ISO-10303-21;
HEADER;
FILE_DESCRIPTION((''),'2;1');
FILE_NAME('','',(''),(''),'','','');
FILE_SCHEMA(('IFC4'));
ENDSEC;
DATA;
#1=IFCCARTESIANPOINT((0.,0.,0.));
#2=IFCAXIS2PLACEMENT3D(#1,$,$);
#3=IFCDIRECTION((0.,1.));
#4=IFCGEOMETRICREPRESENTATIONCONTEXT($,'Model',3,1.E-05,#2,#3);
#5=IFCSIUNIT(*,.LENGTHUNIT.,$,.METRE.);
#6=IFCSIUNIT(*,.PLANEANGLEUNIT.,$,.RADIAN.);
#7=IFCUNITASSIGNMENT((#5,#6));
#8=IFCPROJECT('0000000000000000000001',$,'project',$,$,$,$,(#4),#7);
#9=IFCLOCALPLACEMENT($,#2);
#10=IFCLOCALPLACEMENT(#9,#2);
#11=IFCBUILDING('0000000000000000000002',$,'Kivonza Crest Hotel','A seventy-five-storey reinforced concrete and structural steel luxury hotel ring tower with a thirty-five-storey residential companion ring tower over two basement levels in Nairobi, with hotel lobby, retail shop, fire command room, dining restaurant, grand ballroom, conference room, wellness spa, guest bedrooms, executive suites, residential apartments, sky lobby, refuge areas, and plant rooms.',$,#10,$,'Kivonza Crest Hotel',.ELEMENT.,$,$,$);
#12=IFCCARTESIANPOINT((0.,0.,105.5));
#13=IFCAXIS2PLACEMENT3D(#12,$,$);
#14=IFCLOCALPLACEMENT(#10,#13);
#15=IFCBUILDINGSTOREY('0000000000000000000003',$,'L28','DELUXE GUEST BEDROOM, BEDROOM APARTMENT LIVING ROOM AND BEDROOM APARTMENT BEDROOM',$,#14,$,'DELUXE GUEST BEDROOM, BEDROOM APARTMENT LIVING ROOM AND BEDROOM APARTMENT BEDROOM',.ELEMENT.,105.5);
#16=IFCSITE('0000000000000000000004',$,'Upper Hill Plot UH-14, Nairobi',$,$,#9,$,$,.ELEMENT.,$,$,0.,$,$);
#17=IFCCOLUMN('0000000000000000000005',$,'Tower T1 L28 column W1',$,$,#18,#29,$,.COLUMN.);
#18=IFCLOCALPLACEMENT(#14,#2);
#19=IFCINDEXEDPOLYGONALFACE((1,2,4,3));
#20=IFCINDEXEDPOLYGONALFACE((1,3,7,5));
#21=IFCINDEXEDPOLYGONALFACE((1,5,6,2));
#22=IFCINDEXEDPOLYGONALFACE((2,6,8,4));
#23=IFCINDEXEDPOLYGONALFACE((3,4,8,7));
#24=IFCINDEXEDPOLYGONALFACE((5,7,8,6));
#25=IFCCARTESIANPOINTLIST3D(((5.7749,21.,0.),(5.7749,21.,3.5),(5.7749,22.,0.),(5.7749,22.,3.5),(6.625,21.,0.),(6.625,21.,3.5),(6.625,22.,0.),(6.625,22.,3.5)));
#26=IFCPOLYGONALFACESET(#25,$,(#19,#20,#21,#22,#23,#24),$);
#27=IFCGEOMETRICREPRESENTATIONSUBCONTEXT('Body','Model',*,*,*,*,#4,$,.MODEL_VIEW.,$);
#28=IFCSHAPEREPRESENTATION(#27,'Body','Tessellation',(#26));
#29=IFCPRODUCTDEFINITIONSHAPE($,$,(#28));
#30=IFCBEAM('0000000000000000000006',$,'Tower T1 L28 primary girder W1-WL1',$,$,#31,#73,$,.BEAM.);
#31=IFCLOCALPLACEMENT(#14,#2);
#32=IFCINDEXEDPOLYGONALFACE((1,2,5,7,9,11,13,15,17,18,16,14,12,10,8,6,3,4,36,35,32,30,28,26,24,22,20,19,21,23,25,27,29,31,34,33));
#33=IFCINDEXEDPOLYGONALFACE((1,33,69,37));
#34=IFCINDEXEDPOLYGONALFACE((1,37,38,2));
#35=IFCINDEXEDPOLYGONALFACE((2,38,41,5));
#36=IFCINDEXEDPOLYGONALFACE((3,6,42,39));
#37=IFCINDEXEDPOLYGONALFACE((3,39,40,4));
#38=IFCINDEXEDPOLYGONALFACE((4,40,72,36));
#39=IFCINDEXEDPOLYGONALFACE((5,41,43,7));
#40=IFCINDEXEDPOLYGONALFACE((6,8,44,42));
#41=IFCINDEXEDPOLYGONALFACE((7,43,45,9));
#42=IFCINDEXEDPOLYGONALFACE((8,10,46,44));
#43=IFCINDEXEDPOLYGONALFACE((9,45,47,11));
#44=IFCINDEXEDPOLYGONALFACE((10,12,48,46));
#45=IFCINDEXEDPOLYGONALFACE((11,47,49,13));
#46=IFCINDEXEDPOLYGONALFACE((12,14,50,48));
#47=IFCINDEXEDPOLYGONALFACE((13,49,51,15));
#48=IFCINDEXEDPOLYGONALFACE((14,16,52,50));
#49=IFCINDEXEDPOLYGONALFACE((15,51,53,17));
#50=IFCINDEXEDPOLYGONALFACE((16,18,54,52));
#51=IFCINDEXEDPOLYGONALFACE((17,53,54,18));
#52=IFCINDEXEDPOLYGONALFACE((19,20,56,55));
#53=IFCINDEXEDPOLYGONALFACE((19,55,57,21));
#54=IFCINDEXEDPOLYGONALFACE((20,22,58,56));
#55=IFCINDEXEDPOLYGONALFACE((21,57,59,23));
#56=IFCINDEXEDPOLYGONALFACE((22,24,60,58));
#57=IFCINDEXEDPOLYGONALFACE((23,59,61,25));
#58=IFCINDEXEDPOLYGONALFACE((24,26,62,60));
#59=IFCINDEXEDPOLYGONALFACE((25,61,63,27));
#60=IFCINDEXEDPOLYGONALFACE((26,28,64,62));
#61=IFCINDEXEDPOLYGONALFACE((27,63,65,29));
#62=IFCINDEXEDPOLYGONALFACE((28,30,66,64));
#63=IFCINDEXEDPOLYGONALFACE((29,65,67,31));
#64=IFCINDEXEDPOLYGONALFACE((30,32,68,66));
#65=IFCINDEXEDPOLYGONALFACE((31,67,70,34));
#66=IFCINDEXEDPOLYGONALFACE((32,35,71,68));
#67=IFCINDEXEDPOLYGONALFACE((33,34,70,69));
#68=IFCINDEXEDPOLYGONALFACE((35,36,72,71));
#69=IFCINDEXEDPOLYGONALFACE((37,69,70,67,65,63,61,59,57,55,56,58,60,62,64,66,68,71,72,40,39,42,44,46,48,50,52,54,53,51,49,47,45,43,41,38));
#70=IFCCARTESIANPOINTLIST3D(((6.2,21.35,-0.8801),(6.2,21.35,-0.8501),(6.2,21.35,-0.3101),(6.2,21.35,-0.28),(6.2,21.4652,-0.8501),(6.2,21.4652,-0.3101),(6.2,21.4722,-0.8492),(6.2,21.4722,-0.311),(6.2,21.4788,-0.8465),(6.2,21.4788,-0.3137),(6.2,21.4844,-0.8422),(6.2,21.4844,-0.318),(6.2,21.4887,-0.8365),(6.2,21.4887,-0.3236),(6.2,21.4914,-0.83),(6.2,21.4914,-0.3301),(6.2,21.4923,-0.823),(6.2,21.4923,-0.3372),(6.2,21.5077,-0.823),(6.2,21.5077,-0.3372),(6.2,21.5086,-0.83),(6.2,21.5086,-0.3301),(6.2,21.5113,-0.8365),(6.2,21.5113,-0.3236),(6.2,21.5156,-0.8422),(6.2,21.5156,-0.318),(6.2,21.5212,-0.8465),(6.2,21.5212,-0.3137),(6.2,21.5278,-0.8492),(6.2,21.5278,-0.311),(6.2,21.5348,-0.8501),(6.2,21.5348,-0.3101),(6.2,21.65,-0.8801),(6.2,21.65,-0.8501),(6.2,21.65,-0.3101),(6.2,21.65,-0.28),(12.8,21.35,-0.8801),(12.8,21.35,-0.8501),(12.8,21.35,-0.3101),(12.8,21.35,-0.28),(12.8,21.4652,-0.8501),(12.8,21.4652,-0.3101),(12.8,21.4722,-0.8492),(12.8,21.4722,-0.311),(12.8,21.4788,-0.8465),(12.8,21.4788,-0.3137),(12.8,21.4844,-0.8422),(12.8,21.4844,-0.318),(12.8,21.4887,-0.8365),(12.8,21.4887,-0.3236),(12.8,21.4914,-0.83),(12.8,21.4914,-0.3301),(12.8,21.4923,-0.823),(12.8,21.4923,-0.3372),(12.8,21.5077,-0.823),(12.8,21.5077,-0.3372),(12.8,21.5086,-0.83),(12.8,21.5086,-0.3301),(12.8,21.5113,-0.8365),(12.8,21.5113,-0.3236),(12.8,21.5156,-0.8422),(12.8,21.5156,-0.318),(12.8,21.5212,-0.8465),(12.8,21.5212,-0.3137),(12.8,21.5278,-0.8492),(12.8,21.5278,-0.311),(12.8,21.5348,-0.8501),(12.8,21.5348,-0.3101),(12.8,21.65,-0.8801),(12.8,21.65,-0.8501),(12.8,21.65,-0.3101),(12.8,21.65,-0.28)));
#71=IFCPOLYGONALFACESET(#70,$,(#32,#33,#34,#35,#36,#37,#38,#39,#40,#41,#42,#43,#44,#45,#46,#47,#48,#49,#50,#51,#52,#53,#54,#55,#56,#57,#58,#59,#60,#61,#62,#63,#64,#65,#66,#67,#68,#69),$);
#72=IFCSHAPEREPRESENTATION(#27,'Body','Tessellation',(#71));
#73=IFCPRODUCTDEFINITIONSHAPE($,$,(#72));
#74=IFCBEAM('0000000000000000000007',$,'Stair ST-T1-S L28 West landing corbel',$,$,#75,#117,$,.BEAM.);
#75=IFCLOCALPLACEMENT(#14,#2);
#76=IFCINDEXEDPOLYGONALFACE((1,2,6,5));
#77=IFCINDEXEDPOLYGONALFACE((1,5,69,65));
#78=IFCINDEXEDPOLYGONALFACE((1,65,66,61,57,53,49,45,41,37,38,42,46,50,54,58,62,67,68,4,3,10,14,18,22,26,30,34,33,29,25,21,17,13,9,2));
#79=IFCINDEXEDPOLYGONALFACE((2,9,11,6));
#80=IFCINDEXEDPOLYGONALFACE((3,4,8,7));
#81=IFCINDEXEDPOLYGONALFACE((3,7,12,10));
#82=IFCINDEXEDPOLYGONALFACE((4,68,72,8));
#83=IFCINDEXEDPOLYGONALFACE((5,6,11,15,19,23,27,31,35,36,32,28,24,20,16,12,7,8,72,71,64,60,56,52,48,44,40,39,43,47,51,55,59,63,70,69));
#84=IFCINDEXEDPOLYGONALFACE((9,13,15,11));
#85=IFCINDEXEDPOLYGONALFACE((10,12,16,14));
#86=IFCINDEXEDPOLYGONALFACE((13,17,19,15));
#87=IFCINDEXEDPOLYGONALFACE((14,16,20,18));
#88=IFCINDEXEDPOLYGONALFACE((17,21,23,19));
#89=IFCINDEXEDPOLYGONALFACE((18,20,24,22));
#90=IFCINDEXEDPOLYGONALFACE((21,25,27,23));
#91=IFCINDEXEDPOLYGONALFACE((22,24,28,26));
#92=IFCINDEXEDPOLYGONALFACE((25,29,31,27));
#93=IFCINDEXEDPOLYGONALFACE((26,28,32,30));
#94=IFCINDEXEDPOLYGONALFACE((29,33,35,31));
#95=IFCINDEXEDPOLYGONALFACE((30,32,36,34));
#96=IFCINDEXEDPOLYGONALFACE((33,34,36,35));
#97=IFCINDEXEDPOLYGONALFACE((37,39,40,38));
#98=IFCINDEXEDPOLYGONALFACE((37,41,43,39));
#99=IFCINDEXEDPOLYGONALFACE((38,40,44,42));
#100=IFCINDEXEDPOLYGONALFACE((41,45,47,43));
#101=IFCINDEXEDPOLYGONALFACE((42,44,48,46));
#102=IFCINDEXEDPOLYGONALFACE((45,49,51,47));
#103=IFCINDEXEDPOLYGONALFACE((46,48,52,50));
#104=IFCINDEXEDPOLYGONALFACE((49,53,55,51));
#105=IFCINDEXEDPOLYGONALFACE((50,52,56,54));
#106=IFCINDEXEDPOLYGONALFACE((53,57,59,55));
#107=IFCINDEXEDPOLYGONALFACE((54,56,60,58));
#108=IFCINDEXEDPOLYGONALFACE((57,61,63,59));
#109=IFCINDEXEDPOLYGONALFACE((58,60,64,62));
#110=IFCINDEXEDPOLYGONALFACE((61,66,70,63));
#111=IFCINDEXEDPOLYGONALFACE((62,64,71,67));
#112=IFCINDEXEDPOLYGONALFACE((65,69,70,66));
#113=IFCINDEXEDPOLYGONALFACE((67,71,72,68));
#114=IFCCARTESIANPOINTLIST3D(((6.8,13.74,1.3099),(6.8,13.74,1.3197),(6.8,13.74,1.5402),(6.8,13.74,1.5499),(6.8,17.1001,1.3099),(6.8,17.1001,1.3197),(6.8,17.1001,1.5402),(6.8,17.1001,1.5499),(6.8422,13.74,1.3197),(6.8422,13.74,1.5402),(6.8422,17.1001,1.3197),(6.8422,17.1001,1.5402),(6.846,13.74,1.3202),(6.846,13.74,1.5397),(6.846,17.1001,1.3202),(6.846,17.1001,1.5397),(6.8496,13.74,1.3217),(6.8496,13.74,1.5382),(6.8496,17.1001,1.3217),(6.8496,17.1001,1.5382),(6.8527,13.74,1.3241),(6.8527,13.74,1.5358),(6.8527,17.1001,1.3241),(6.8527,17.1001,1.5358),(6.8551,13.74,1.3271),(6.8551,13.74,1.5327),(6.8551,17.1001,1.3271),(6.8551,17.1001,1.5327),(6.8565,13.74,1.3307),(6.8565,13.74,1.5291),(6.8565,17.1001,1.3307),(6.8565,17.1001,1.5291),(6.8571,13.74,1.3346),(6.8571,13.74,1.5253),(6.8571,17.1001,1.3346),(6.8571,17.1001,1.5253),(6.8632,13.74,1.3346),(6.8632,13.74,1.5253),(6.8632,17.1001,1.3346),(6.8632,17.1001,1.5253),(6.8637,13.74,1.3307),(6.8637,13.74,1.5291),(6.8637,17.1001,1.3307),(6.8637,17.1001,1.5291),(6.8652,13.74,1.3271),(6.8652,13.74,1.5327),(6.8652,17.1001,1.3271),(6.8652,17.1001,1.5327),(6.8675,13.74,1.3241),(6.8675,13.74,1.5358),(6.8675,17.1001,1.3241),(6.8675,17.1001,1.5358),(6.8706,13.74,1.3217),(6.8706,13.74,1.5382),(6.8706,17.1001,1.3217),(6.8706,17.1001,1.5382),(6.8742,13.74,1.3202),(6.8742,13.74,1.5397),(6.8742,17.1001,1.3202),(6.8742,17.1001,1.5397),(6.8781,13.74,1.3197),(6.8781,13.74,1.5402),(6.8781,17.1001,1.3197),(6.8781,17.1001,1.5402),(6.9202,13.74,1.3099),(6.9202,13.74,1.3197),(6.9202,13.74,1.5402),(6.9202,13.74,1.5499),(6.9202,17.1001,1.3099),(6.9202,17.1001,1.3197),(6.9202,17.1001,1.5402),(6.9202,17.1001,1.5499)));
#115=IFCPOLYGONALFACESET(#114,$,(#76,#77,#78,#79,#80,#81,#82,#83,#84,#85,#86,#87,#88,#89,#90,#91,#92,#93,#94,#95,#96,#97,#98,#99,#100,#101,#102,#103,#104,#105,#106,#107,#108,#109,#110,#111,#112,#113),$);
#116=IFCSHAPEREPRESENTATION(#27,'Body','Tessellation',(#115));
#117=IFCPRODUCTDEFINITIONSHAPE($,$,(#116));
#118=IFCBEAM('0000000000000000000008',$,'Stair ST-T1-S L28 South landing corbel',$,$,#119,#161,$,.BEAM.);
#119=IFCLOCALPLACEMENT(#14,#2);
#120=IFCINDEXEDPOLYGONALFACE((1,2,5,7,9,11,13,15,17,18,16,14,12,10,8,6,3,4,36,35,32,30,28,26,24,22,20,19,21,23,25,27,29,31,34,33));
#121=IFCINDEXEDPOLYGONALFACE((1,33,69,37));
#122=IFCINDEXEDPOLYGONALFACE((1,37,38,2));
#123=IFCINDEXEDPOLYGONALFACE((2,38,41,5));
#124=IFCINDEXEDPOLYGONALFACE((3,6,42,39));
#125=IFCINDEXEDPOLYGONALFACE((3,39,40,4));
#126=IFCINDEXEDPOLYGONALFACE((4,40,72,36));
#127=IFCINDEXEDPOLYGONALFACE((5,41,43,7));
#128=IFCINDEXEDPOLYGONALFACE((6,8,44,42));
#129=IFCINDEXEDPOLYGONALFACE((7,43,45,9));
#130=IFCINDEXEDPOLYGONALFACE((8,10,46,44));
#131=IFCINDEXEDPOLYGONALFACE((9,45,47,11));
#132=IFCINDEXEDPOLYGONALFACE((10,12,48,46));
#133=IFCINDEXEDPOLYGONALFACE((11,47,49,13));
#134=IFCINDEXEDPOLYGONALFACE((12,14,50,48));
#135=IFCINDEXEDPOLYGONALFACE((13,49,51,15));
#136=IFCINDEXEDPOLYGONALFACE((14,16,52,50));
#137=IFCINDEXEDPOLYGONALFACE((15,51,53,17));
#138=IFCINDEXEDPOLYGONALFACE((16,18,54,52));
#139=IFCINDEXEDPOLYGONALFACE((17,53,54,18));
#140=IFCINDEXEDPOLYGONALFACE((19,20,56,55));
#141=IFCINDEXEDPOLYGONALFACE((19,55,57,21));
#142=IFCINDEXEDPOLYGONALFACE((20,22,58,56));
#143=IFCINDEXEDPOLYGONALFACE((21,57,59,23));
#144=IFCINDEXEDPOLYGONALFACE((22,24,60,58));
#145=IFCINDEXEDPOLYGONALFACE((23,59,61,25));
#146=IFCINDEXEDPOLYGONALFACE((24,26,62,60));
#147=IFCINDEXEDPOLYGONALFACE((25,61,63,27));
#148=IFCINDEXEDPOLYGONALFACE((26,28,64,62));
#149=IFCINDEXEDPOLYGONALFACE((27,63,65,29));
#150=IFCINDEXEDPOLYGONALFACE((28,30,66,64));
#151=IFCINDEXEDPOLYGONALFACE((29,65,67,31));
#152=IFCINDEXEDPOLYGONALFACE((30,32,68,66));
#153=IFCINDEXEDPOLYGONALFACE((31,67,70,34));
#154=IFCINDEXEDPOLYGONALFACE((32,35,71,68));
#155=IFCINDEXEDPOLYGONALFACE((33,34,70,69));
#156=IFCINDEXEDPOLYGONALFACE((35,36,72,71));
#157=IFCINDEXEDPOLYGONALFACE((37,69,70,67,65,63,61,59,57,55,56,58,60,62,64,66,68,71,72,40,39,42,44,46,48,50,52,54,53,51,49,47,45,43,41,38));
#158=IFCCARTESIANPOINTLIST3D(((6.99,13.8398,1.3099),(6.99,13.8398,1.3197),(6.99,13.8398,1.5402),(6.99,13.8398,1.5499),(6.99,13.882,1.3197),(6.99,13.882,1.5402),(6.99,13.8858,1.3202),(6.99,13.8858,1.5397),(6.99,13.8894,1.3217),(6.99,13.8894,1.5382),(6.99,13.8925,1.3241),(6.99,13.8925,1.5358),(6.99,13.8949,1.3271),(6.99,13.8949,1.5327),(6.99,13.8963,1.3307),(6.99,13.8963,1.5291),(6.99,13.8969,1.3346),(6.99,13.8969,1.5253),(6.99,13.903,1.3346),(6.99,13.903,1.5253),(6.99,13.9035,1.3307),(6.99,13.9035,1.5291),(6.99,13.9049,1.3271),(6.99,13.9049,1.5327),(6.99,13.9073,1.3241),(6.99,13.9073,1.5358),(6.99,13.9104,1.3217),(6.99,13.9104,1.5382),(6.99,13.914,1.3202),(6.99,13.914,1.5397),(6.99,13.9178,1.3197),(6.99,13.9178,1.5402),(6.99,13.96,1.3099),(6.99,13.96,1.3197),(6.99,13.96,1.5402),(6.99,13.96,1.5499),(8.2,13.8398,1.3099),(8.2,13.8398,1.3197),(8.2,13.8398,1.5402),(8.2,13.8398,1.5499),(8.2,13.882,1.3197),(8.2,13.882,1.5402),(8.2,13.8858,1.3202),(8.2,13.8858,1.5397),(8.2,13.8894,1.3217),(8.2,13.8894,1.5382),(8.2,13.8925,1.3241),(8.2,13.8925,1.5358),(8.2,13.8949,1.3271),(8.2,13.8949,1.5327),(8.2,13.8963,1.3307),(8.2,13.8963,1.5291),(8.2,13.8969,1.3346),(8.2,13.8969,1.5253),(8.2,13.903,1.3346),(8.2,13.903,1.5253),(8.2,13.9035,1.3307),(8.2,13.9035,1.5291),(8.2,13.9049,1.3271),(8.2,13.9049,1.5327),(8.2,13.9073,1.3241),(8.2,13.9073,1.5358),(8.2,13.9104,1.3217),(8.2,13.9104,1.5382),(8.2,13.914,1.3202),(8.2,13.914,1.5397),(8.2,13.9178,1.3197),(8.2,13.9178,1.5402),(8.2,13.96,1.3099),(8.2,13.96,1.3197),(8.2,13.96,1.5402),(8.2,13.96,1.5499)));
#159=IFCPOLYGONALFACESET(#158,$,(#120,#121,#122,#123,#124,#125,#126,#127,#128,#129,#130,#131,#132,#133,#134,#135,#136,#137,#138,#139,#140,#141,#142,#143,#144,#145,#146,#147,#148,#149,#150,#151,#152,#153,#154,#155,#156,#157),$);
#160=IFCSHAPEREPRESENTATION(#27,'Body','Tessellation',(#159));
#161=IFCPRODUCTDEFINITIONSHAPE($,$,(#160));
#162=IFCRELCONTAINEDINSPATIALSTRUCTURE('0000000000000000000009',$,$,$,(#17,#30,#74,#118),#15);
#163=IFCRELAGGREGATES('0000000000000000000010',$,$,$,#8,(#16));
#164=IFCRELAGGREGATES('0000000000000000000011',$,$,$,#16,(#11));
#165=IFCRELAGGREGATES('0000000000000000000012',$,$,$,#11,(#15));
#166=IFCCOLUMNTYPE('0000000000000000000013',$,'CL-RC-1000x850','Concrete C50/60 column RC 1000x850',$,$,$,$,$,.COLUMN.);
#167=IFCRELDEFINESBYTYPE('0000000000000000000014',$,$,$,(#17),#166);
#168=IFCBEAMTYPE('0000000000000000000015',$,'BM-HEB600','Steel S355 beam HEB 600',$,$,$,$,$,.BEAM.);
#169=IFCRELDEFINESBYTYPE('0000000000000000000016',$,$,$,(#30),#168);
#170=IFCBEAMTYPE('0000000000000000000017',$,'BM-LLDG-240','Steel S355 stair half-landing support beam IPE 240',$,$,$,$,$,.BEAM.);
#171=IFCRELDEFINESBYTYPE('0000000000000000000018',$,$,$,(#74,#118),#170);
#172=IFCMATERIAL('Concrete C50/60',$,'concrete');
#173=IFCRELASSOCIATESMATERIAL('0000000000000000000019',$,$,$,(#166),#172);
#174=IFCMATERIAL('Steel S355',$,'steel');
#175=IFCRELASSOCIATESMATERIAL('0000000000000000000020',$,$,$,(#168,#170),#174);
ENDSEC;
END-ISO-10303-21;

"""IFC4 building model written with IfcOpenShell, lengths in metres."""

from ifc_helpers import new_model, si_unit, direction, frame, origin, origin_2d, place, context, subcontext, project, spatial, rectangle, i_section, extrude, material, material_profile, profile_set, type_object, element, save


model = new_model("IFC4")

# Units and contexts
model_context = context("Model", 3, precision=1e-05, world=origin(), true_north=direction((0.0, 1.0)))
body_context = subcontext(model_context, "Body", "Model", "MODEL_VIEW")
ifc_project = project(units=[si_unit("LENGTHUNIT", "METRE"), si_unit("PLANEANGLEUNIT", "RADIAN")], contexts=[model_context])

# Site, building, storey
site_placement = place(None, origin())
site = spatial("IfcSite", under=ifc_project, at=site_placement, Name="Upper Hill Plot UH-14, Nairobi", CompositionType="ELEMENT", RefElevation=0.0)
building_placement = place(site_placement, origin())
building = spatial("IfcBuilding", under=site, at=building_placement, Name="Kivonza Crest Hotel", Description="A seventy-five-storey reinforced concrete and structural steel luxury hotel ring tower with a thirty-five-storey residential companion ring tower over two basement levels in Nairobi, with hotel lobby, retail shop, fire command room, dining restaurant, grand ballroom, conference room, wellness spa, guest bedrooms, executive suites, residential apartments, sky lobby, refuge areas, and plant rooms.", LongName="Kivonza Crest Hotel", CompositionType="ELEMENT")
storey_placement = place(building_placement, frame((0.0, 0.0, 105.5)))
storey = spatial("IfcBuildingStorey", under=building, at=storey_placement, Name="L28", Description="DELUXE GUEST BEDROOM, BEDROOM APARTMENT LIVING ROOM AND BEDROOM APARTMENT BEDROOM", LongName="DELUXE GUEST BEDROOM, BEDROOM APARTMENT LIVING ROOM AND BEDROOM APARTMENT BEDROOM", CompositionType="ELEMENT", Elevation=105.5)

# Column
ifc_material_1 = material(Name="Concrete C50/60", Category="concrete")
ifc_material_profile_1 = material_profile(ifc_material_1, rectangle(XDim=0.8501, YDim=1.0, at=origin_2d()), Name="RC 1000x850")
ifc_profile_set_1 = profile_set([ifc_material_profile_1], Name="Concrete C50/60")
column_type = type_object("IfcColumnType", Name="CL-RC-1000x850", Description="Concrete C50/60 column RC 1000x850", PredefinedType="COLUMN", material=ifc_profile_set_1)
column_placement = place(storey_placement, frame((6.2, 21.5, 0.0), z_axis=(0.0, 0.0, 1.0), x_axis=(1.0, 0.0, 0.0)))
element("IfcColumn", 1, at=column_placement, inside=storey, type_object=column_type, Name="Tower T1 L28 column W1", PredefinedType="COLUMN", context=body_context, shape_type="SweptSolid", body=[
    extrude(rectangle(XDim=0.8501, YDim=1.0, at=origin_2d()), origin(), (0.0, 0.0, 1.0), 3.5),
])

# Beams
ifc_material_2 = material(Name="Steel S355", Category="steel")
ifc_material_profile_2 = material_profile(ifc_material_2, i_section(OverallWidth=0.3, OverallDepth=0.6001, WebThickness=0.0154, FlangeThickness=0.03, FilletRadius=0.0271, at=origin_2d()), Name="HEB 600")
ifc_profile_set_2 = profile_set([ifc_material_profile_2], Name="Steel S355")
beam_type_1 = type_object("IfcBeamType", Name="BM-HEB600", Description="Steel S355 beam HEB 600", PredefinedType="BEAM", material=ifc_profile_set_2)
beam_1_placement = place(storey_placement, frame((6.2, 21.5, -0.5801), z_axis=(1.0, 0.0, 0.0), x_axis=(0.0, 1.0, 0.0)))
element("IfcBeam", 2, at=beam_1_placement, inside=storey, type_object=beam_type_1, Name="Tower T1 L28 primary girder W1-WL1", PredefinedType="BEAM", context=body_context, shape_type="SweptSolid", body=[
    extrude(i_section(OverallWidth=0.3, OverallDepth=0.6001, WebThickness=0.0154, FlangeThickness=0.03, FilletRadius=0.0271, at=origin_2d()), origin(), (0.0, 0.0, 1.0), 6.6001),
])
ifc_material_profile_3 = material_profile(ifc_material_2, i_section(OverallWidth=0.1201, OverallDepth=0.24, WebThickness=0.0061, FlangeThickness=0.0098, FilletRadius=0.0149, at=origin_2d()), Name="IPE 240")
ifc_profile_set_3 = profile_set([ifc_material_profile_3], Name="Steel S355")
beam_type_2 = type_object("IfcBeamType", Name="BM-LLDG-240", Description="Steel S355 stair half-landing support beam IPE 240", PredefinedType="BEAM", material=ifc_profile_set_3)
beam_2_placement = place(storey_placement, frame((6.8601, 13.74, 1.4299), z_axis=(0.0, 1.0, 0.0), x_axis=(-1.0, 0.0, 0.0)))
element("IfcBeam", 3, at=beam_2_placement, inside=storey, type_object=beam_type_2, Name="Stair ST-T1-S L28 West landing corbel", PredefinedType="BEAM", context=body_context, shape_type="SweptSolid", body=[
    extrude(i_section(OverallWidth=0.1201, OverallDepth=0.24, WebThickness=0.0061, FlangeThickness=0.0098, FilletRadius=0.0149, at=origin_2d()), origin(), (0.0, 0.0, 1.0), 3.3601),
])
for number, where, z_axis, x_axis, name in (
    (4, (6.99, 13.8999, 1.4299), (1.0, 0.0, 0.0), (0.0, 1.0, 0.0), "Stair ST-T1-S L28 South landing corbel"),
):
    element("IfcBeam", number, at=place(storey_placement, frame(where, z_axis=z_axis, x_axis=x_axis)), inside=storey, type_object=beam_type_2, Name=name, PredefinedType="BEAM", context=body_context, shape_type="SweptSolid", body=[
        extrude(i_section(OverallWidth=0.1201, OverallDepth=0.24, WebThickness=0.0061, FlangeThickness=0.0098, FilletRadius=0.0149, at=origin_2d()), origin(), (0.0, 0.0, 1.0), 1.21),
    ])

save(model, "model.ifc")
